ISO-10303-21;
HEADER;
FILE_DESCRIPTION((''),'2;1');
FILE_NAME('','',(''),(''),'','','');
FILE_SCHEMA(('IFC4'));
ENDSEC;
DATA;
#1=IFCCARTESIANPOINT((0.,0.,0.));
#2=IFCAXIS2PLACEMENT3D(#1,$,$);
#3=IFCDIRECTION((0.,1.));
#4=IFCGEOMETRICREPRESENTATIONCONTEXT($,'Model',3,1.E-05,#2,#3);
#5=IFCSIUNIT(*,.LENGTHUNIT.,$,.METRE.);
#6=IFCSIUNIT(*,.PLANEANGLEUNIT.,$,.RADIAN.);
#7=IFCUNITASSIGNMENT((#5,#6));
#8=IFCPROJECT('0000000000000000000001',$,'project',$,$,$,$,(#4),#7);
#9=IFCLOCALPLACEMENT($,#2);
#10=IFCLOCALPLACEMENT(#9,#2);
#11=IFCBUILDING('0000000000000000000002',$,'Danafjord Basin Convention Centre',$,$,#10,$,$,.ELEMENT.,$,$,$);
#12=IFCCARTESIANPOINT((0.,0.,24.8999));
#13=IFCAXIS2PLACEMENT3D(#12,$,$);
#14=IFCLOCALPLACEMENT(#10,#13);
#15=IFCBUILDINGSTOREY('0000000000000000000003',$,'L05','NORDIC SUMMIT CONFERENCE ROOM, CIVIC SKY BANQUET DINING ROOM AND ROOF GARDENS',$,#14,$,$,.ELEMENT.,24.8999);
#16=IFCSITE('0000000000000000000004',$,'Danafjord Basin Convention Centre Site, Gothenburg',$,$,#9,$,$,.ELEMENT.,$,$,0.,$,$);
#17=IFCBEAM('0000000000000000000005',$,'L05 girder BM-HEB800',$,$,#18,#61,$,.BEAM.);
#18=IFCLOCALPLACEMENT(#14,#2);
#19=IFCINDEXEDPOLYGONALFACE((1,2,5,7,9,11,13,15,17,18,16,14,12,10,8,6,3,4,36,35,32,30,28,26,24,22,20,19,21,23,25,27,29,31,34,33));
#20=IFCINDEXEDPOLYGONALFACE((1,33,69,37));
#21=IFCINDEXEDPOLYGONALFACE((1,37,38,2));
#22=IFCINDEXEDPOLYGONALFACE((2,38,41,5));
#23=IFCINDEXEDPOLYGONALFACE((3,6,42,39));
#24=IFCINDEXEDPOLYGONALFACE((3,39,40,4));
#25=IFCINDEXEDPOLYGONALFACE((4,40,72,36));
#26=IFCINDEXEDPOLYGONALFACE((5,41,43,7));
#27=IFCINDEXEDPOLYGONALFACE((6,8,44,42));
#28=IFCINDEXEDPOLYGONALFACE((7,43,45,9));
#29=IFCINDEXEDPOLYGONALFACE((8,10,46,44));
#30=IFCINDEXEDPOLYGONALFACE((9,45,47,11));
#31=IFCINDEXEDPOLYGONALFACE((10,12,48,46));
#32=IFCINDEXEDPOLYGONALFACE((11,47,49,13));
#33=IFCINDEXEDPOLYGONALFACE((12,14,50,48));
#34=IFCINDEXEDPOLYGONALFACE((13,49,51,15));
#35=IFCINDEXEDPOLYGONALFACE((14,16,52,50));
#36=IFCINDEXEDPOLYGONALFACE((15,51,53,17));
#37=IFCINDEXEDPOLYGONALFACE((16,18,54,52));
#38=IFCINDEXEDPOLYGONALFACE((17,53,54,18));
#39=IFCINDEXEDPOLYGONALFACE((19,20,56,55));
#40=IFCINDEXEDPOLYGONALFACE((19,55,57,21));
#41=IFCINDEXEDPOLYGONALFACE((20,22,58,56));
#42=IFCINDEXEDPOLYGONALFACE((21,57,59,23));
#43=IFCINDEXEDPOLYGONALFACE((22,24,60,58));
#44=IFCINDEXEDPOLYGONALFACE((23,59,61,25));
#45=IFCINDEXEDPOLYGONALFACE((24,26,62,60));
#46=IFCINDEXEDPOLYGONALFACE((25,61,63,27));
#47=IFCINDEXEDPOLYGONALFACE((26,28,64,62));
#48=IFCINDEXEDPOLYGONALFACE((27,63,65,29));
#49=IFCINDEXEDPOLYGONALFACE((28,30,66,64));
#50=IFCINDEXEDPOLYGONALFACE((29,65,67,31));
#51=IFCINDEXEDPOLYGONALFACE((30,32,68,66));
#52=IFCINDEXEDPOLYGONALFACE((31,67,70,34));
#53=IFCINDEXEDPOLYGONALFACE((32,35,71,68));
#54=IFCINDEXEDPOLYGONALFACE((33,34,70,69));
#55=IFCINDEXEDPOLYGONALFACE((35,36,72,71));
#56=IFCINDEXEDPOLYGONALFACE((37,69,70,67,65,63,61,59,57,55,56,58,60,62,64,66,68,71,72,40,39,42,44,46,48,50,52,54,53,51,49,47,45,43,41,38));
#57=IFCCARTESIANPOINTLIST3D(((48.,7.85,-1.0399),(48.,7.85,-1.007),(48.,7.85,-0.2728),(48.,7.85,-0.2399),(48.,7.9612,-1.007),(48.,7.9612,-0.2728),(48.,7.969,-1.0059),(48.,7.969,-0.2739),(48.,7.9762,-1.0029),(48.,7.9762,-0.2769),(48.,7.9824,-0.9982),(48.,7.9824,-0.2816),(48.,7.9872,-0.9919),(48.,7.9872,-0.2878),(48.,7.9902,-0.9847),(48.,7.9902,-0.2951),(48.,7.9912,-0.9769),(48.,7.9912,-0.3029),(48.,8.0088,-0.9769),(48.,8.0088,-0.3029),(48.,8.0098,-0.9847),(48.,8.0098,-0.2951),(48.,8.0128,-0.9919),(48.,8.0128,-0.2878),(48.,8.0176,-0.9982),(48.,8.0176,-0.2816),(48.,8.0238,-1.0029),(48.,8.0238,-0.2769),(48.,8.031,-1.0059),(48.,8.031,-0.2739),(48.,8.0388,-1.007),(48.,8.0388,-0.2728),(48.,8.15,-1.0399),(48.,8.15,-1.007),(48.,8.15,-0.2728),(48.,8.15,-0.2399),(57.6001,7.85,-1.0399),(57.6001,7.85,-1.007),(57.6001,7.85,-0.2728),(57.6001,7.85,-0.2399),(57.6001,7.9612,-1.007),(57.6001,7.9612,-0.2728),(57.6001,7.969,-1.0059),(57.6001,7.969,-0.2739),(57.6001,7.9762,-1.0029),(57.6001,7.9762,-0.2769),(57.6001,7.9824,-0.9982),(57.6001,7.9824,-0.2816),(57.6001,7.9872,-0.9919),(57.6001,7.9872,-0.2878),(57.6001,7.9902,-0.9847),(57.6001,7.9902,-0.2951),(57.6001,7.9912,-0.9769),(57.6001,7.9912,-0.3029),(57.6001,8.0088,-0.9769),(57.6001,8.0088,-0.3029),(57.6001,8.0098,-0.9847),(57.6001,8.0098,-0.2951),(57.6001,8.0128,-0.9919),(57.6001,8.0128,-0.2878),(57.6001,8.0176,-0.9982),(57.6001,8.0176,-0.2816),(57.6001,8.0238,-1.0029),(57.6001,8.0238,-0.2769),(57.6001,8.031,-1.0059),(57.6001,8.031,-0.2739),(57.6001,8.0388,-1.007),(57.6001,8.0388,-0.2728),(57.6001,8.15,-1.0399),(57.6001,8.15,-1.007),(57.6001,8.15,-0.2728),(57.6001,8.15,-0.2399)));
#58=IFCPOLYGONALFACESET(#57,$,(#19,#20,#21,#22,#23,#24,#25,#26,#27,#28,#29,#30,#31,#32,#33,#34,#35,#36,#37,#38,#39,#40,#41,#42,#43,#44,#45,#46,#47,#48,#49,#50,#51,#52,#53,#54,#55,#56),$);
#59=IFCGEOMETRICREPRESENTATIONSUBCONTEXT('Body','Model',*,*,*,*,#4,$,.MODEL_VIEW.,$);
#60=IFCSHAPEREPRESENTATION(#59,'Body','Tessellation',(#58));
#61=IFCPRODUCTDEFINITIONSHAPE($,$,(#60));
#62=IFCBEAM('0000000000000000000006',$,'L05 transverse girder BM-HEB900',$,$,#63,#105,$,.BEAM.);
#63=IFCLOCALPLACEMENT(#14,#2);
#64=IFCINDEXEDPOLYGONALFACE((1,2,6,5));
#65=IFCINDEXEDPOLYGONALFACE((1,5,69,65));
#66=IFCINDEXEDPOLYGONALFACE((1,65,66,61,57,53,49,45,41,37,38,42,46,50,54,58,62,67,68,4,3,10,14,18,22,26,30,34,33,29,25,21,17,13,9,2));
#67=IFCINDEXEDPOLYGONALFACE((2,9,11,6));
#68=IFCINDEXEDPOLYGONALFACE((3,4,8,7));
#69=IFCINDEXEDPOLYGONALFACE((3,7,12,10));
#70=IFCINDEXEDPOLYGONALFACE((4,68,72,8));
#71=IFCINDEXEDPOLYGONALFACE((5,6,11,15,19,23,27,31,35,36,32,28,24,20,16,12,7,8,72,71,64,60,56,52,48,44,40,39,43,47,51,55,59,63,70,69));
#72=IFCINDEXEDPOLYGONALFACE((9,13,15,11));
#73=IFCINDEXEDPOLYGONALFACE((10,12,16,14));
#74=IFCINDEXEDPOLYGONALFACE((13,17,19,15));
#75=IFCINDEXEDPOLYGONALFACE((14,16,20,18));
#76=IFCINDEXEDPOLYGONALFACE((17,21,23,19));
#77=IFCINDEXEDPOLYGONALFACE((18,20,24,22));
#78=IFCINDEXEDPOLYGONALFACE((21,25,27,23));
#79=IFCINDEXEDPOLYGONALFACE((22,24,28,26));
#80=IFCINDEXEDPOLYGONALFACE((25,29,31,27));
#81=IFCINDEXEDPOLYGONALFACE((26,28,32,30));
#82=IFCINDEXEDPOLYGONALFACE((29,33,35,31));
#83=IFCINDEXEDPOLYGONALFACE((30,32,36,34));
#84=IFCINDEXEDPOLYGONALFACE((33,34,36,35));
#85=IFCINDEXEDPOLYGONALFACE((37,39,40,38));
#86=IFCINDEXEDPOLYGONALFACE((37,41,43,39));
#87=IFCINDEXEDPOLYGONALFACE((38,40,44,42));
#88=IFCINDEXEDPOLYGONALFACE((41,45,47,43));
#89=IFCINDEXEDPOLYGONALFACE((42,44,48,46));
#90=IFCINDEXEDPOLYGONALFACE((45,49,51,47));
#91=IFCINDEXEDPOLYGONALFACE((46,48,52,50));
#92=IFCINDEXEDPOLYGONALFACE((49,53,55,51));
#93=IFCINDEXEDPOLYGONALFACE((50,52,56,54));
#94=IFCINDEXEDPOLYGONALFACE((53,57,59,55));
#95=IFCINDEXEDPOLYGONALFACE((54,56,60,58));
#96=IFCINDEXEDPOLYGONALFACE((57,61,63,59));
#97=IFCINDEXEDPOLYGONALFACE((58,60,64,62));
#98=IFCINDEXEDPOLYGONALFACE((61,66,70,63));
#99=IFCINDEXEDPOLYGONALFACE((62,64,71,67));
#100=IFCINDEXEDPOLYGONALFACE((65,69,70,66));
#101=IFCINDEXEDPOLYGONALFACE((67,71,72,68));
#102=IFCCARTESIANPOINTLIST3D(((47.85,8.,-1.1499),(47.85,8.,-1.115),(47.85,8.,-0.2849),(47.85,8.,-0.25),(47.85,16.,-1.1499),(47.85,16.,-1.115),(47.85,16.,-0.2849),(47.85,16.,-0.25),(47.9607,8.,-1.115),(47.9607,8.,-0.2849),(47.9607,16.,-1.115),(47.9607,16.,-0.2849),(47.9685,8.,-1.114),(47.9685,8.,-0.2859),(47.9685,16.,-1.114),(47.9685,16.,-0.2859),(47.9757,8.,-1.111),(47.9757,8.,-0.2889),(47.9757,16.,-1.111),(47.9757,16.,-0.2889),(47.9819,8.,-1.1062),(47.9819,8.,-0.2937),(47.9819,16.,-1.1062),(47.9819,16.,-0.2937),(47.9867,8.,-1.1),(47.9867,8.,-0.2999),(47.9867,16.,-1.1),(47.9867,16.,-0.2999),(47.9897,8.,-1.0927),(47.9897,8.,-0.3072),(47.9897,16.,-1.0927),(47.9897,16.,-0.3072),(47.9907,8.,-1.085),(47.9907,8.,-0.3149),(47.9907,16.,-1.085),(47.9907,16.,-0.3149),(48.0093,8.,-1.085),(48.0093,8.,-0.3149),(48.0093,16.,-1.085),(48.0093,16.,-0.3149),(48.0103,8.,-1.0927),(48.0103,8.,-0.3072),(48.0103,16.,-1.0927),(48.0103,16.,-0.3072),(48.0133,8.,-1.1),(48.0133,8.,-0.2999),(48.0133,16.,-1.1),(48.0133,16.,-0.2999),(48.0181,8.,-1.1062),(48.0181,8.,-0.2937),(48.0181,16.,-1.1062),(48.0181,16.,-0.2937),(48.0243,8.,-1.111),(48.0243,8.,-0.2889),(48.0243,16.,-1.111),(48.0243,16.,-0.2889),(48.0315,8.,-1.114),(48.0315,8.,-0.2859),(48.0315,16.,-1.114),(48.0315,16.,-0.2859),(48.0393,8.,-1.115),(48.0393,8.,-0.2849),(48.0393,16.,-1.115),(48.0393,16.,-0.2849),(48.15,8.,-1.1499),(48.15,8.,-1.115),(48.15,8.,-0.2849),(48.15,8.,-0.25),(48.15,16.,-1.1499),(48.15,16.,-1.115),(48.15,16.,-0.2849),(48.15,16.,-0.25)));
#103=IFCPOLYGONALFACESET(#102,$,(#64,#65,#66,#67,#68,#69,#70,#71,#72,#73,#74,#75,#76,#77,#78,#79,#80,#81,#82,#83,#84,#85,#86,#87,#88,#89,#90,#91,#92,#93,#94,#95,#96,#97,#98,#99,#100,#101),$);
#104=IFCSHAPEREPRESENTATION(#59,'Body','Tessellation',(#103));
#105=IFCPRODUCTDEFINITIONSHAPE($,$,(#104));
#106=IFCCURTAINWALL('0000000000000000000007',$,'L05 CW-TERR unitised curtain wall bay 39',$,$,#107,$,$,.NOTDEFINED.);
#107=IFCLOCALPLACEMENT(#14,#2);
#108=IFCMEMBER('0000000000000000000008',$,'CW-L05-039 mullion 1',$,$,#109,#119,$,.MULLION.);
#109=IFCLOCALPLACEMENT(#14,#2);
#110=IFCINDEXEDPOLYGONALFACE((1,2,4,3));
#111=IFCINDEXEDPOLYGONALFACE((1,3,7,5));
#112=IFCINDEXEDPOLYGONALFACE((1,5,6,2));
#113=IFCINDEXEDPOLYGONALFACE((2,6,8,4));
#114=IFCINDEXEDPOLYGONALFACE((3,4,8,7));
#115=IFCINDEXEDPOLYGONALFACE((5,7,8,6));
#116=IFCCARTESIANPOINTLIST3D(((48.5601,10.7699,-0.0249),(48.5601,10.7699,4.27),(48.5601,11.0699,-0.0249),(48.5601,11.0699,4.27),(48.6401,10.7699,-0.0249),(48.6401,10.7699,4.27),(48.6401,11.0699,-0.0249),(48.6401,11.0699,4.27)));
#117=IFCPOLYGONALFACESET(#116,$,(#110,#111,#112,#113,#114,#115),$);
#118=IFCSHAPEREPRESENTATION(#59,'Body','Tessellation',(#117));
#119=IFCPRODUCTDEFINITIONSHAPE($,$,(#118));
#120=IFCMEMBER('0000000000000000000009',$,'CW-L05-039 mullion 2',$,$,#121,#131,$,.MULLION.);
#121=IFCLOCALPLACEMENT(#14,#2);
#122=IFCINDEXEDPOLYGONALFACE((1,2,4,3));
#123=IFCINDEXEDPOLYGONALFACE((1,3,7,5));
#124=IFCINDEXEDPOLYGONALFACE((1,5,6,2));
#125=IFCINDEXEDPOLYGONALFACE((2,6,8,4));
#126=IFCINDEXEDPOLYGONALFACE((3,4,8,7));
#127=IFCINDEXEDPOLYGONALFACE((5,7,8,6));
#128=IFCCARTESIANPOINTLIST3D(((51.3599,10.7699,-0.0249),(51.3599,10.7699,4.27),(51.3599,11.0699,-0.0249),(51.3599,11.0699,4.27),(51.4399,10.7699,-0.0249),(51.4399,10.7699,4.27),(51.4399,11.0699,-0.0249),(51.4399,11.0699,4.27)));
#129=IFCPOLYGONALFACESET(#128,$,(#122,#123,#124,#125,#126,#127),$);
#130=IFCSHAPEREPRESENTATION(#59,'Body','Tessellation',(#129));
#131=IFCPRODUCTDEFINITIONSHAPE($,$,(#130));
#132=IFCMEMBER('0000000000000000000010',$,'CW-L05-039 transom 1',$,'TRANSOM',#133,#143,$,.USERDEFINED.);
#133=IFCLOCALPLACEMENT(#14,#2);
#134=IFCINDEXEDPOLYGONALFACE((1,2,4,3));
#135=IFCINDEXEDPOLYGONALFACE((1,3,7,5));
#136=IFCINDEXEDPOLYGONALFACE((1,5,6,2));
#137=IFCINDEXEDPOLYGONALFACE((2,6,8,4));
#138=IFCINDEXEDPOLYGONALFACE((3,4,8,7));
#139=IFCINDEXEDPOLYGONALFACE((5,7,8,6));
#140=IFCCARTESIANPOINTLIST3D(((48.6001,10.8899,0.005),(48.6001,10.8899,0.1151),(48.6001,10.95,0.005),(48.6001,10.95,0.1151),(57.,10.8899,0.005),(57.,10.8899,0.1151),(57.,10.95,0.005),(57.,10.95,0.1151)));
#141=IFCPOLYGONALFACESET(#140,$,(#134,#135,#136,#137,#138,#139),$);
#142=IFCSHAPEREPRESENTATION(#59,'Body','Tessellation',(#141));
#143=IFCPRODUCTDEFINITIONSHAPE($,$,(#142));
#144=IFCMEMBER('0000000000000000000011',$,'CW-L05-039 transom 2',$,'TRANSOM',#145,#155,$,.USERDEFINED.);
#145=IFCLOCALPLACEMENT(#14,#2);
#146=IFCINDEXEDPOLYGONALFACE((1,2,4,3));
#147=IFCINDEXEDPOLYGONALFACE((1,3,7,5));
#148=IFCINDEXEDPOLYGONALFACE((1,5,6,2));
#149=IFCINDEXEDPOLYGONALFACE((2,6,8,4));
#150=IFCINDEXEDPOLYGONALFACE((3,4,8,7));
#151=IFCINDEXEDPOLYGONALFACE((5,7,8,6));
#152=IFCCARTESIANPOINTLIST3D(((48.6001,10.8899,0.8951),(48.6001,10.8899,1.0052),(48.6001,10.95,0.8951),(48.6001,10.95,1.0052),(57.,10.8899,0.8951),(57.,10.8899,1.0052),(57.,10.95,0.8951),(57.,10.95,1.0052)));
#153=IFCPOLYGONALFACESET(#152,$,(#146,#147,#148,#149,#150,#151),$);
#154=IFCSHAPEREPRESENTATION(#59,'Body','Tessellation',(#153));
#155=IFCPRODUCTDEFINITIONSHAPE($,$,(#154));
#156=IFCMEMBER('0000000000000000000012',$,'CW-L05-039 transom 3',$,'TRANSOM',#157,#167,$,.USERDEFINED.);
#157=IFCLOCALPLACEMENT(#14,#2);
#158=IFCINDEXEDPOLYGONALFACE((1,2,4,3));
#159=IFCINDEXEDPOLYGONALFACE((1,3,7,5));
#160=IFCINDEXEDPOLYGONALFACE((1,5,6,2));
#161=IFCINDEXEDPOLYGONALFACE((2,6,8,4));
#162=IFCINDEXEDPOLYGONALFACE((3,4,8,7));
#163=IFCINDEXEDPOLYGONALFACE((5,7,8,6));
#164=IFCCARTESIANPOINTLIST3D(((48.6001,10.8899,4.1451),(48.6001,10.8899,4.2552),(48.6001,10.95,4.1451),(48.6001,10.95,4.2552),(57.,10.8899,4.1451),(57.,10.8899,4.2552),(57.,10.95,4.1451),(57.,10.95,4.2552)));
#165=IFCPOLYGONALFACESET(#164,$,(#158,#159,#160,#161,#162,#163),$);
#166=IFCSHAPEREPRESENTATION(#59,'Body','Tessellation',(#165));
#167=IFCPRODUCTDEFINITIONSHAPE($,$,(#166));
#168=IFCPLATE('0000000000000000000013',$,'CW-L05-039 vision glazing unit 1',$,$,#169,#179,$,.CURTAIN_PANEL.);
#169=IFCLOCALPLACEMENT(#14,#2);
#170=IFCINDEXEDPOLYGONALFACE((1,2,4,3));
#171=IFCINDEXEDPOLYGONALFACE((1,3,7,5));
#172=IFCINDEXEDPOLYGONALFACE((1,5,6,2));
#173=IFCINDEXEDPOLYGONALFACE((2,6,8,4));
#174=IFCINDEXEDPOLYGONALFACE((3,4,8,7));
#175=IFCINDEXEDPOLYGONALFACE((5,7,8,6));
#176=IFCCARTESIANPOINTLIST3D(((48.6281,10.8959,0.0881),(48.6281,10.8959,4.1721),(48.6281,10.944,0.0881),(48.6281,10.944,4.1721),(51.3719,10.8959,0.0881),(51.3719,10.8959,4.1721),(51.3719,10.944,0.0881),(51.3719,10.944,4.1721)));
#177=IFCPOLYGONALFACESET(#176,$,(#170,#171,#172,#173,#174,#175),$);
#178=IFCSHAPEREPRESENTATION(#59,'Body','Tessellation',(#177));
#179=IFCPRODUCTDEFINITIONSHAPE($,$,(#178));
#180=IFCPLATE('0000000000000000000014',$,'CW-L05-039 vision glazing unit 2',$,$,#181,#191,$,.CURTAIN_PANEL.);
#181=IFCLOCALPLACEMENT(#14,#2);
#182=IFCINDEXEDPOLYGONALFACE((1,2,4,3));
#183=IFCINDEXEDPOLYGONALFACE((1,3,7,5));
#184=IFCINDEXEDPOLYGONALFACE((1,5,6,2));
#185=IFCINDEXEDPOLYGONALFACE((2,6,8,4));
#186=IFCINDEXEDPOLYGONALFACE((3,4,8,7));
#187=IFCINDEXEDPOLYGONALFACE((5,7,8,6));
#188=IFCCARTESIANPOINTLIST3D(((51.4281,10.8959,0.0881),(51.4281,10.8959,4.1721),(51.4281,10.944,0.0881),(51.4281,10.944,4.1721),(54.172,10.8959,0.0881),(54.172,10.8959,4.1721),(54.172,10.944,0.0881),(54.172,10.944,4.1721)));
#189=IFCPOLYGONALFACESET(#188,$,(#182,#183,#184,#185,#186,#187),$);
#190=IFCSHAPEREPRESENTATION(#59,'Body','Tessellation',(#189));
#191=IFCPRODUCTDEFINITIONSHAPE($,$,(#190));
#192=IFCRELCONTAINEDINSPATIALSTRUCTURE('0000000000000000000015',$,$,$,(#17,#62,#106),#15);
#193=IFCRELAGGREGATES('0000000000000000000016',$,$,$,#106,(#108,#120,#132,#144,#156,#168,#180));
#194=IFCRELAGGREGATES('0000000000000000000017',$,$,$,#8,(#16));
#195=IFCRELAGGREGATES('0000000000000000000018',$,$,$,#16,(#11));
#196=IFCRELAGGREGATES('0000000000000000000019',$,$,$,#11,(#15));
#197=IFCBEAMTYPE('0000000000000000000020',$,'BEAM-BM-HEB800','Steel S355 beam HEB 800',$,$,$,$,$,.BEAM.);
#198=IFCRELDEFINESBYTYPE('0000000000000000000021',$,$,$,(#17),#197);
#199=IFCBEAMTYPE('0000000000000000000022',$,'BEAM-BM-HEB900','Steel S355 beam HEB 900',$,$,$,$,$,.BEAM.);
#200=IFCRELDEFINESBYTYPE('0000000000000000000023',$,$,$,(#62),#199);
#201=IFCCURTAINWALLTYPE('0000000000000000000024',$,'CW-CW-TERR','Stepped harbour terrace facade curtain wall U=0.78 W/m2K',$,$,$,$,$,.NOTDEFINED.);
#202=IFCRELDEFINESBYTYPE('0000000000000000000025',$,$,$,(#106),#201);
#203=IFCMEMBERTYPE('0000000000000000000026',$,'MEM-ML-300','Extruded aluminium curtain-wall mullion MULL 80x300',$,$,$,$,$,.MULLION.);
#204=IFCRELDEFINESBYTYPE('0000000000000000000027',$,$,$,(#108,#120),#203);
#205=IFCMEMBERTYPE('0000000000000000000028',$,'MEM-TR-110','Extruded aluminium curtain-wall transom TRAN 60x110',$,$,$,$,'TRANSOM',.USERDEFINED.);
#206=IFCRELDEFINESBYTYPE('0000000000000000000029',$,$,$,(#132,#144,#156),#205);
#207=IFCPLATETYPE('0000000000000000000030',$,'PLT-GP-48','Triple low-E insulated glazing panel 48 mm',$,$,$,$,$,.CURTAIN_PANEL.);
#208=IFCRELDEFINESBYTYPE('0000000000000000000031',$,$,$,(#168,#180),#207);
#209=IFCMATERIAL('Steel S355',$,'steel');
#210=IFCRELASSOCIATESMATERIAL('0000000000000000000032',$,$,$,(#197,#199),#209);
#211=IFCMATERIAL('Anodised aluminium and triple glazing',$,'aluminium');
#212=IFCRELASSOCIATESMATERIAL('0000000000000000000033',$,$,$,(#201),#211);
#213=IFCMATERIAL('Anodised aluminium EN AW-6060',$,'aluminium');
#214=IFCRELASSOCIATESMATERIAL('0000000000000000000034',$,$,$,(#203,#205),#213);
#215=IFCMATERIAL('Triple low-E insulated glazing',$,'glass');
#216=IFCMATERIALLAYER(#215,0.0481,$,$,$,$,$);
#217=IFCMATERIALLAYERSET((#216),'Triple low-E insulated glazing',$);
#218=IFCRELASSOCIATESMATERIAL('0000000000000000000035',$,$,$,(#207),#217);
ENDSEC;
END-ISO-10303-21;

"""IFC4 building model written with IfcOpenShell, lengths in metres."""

from ifc_helpers import new_model, si_unit, direction, frame, origin, origin_2d, place, context, subcontext, project, spatial, rectangle, i_section, extrude, material, layer, layer_set, material_profile, profile_set, type_object, element, aggregate, save


model = new_model("IFC4")

# Units and contexts
model_context = context("Model", 3, precision=1e-05, world=origin(), true_north=direction((0.0, 1.0)))
body_context = subcontext(model_context, "Body", "Model", "MODEL_VIEW")
ifc_project = project(units=[si_unit("LENGTHUNIT", "METRE"), si_unit("PLANEANGLEUNIT", "RADIAN")], contexts=[model_context])

# Site, building, storey
site_placement = place(None, origin())
site = spatial("IfcSite", under=ifc_project, at=site_placement, Name="Danafjord Basin Convention Centre Site, Gothenburg", CompositionType="ELEMENT", RefElevation=0.0)
building_placement = place(site_placement, origin())
building = spatial("IfcBuilding", under=site, at=building_placement, Name="Danafjord Basin Convention Centre", CompositionType="ELEMENT")
storey_placement = place(building_placement, frame((0.0, 0.0, 24.8999)))
storey = spatial("IfcBuildingStorey", under=building, at=storey_placement, Name="L05", Description="NORDIC SUMMIT CONFERENCE ROOM, CIVIC SKY BANQUET DINING ROOM AND ROOF GARDENS", CompositionType="ELEMENT", Elevation=24.8999)

# Shared definitions
ifc_material_1 = material(Name="Steel S355", Category="steel")

# Beams
ifc_material_profile_1 = material_profile(ifc_material_1, i_section(OverallWidth=0.3, OverallDepth=0.8, WebThickness=0.0176, FlangeThickness=0.033, FilletRadius=0.03, at=origin_2d()), Name="HEB 800")
ifc_profile_set_1 = profile_set([ifc_material_profile_1], Name="Steel S355")
beam_type_1 = type_object("IfcBeamType", Name="BEAM-BM-HEB800", Description="Steel S355 beam HEB 800", PredefinedType="BEAM", material=ifc_profile_set_1)
beam_1_placement = place(storey_placement, frame((48.0, 8.0, -0.6399), z_axis=(1.0, 0.0, 0.0), x_axis=(0.0, 1.0, 0.0)))
element("IfcBeam", 1, at=beam_1_placement, inside=storey, type_object=beam_type_1, Name="L05 girder BM-HEB800", PredefinedType="BEAM", context=body_context, shape_type="SweptSolid", body=[
    extrude(i_section(OverallWidth=0.3, OverallDepth=0.8, WebThickness=0.0176, FlangeThickness=0.033, FilletRadius=0.03, at=origin_2d()), origin(), (0.0, 0.0, 1.0), 9.6001),
])
ifc_material_profile_2 = material_profile(ifc_material_1, i_section(OverallWidth=0.3, OverallDepth=0.8999, WebThickness=0.0186, FlangeThickness=0.0349, FilletRadius=0.03, at=origin_2d()), Name="HEB 900")
ifc_profile_set_2 = profile_set([ifc_material_profile_2], Name="Steel S355")
beam_type_2 = type_object("IfcBeamType", Name="BEAM-BM-HEB900", Description="Steel S355 beam HEB 900", PredefinedType="BEAM", material=ifc_profile_set_2)
beam_2_placement = place(storey_placement, frame((48.0, 8.0, -0.7), z_axis=(0.0, 1.0, 0.0), x_axis=(-1.0, 0.0, 0.0)))
element("IfcBeam", 2, at=beam_2_placement, inside=storey, type_object=beam_type_2, Name="L05 transverse girder BM-HEB900", PredefinedType="BEAM", context=body_context, shape_type="SweptSolid", body=[
    extrude(i_section(OverallWidth=0.3, OverallDepth=0.8999, WebThickness=0.0186, FlangeThickness=0.0349, FilletRadius=0.03, at=origin_2d()), origin(), (0.0, 0.0, 1.0), 8.0),
])

# Curtain wall, members, plates
ifc_material_2 = material(Name="Anodised aluminium and triple glazing", Category="aluminium")
curtain_wall_type = type_object("IfcCurtainWallType", Name="CW-CW-TERR", Description="Stepped harbour terrace facade curtain wall U=0.78 W/m2K", PredefinedType="NOTDEFINED", material=ifc_material_2)
curtain_wall_placement = place(storey_placement, origin())
curtain_wall = element("IfcCurtainWall", 3, at=curtain_wall_placement, inside=storey, type_object=curtain_wall_type, Name="L05 CW-TERR unitised curtain wall bay 39", PredefinedType="NOTDEFINED")
ifc_material_3 = material(Name="Anodised aluminium EN AW-6060", Category="aluminium")
ifc_material_profile_3 = material_profile(ifc_material_3, rectangle(XDim=0.0801, YDim=0.3, at=origin_2d()), Name="MULL 80x300")
ifc_profile_set_3 = profile_set([ifc_material_profile_3], Name="Anodised aluminium EN AW-6060")
member_type_1 = type_object("IfcMemberType", Name="MEM-ML-300", Description="Extruded aluminium curtain-wall mullion MULL 80x300", PredefinedType="MULLION", material=ifc_profile_set_3)
member_1_placement = place(storey_placement, frame((48.6001, 10.9199, -0.0249), z_axis=(0.0, 0.0, 1.0), x_axis=(1.0, 0.0, 0.0)))
member_1 = element("IfcMember", 4, at=member_1_placement, type_object=member_type_1, Name="CW-L05-039 mullion 1", PredefinedType="MULLION", context=body_context, shape_type="SweptSolid", body=[
    extrude(rectangle(XDim=0.0801, YDim=0.3, at=origin_2d()), origin(), (0.0, 0.0, 1.0), 4.2949),
])
member_2_placement = place(storey_placement, frame((51.3999, 10.9199, -0.0249), z_axis=(0.0, 0.0, 1.0), x_axis=(1.0, 0.0, 0.0)))
member_2 = element("IfcMember", 5, at=member_2_placement, type_object=member_type_1, Name="CW-L05-039 mullion 2", PredefinedType="MULLION", context=body_context, shape_type="SweptSolid", body=[
    extrude(rectangle(XDim=0.0801, YDim=0.3, at=origin_2d()), origin(), (0.0, 0.0, 1.0), 4.2949),
])
ifc_material_profile_4 = material_profile(ifc_material_3, rectangle(XDim=0.0601, YDim=0.1101, at=origin_2d()), Name="TRAN 60x110")
ifc_profile_set_4 = profile_set([ifc_material_profile_4], Name="Anodised aluminium EN AW-6060")
member_type_2 = type_object("IfcMemberType", Name="MEM-TR-110", Description="Extruded aluminium curtain-wall transom TRAN 60x110", ElementType="TRANSOM", PredefinedType="USERDEFINED", material=ifc_profile_set_4)
member_3_placement = place(storey_placement, frame((48.6001, 10.9199, 0.0601), z_axis=(1.0, 0.0, 0.0), x_axis=(0.0, 1.0, 0.0)))
member_3 = element("IfcMember", 6, at=member_3_placement, type_object=member_type_2, Name="CW-L05-039 transom 1", ObjectType="TRANSOM", PredefinedType="USERDEFINED", context=body_context, shape_type="SweptSolid", body=[
    extrude(rectangle(XDim=0.0601, YDim=0.1101, at=origin_2d()), origin(), (0.0, 0.0, 1.0), 8.3999),
])
member_4_placement = place(storey_placement, frame((48.6001, 10.9199, 0.9502), z_axis=(1.0, 0.0, 0.0), x_axis=(0.0, 1.0, 0.0)))
member_4 = element("IfcMember", 7, at=member_4_placement, type_object=member_type_2, Name="CW-L05-039 transom 2", ObjectType="TRANSOM", PredefinedType="USERDEFINED", context=body_context, shape_type="SweptSolid", body=[
    extrude(rectangle(XDim=0.0601, YDim=0.1101, at=origin_2d()), origin(), (0.0, 0.0, 1.0), 8.3999),
])
member_5_placement = place(storey_placement, frame((48.6001, 10.9199, 4.2002), z_axis=(1.0, 0.0, 0.0), x_axis=(0.0, 1.0, 0.0)))
member_5 = element("IfcMember", 8, at=member_5_placement, type_object=member_type_2, Name="CW-L05-039 transom 3", ObjectType="TRANSOM", PredefinedType="USERDEFINED", context=body_context, shape_type="SweptSolid", body=[
    extrude(rectangle(XDim=0.0601, YDim=0.1101, at=origin_2d()), origin(), (0.0, 0.0, 1.0), 8.3999),
])
ifc_material_4 = material(Name="Triple low-E insulated glazing", Category="glass")
ifc_layer_1 = layer(ifc_material_4, 0.0481)
ifc_layer_set_1 = layer_set([ifc_layer_1], Name="Triple low-E insulated glazing")
plate_type = type_object("IfcPlateType", Name="PLT-GP-48", Description="Triple low-E insulated glazing panel 48 mm", PredefinedType="CURTAIN_PANEL", material=ifc_layer_set_1)
plate_1_placement = place(storey_placement, frame((50.0, 10.9199, 0.0881), z_axis=(0.0, 0.0, 1.0), x_axis=(1.0, 0.0, 0.0)))
plate_1 = element("IfcPlate", 9, at=plate_1_placement, type_object=plate_type, Name="CW-L05-039 vision glazing unit 1", PredefinedType="CURTAIN_PANEL", context=body_context, shape_type="SweptSolid", body=[
    extrude(rectangle(XDim=2.7439, YDim=0.0481, at=origin_2d()), origin(), (0.0, 0.0, 1.0), 4.084),
])
plate_2_placement = place(storey_placement, frame((52.8, 10.9199, 0.0881), z_axis=(0.0, 0.0, 1.0), x_axis=(1.0, 0.0, 0.0)))
plate_2 = element("IfcPlate", 10, at=plate_2_placement, type_object=plate_type, Name="CW-L05-039 vision glazing unit 2", PredefinedType="CURTAIN_PANEL", context=body_context, shape_type="SweptSolid", body=[
    extrude(rectangle(XDim=2.7439, YDim=0.0481, at=origin_2d()), origin(), (0.0, 0.0, 1.0), 4.084),
])
aggregate(curtain_wall, [member_1, member_2, member_3, member_4, member_5, plate_1, plate_2])

save(model, "model.ifc")
